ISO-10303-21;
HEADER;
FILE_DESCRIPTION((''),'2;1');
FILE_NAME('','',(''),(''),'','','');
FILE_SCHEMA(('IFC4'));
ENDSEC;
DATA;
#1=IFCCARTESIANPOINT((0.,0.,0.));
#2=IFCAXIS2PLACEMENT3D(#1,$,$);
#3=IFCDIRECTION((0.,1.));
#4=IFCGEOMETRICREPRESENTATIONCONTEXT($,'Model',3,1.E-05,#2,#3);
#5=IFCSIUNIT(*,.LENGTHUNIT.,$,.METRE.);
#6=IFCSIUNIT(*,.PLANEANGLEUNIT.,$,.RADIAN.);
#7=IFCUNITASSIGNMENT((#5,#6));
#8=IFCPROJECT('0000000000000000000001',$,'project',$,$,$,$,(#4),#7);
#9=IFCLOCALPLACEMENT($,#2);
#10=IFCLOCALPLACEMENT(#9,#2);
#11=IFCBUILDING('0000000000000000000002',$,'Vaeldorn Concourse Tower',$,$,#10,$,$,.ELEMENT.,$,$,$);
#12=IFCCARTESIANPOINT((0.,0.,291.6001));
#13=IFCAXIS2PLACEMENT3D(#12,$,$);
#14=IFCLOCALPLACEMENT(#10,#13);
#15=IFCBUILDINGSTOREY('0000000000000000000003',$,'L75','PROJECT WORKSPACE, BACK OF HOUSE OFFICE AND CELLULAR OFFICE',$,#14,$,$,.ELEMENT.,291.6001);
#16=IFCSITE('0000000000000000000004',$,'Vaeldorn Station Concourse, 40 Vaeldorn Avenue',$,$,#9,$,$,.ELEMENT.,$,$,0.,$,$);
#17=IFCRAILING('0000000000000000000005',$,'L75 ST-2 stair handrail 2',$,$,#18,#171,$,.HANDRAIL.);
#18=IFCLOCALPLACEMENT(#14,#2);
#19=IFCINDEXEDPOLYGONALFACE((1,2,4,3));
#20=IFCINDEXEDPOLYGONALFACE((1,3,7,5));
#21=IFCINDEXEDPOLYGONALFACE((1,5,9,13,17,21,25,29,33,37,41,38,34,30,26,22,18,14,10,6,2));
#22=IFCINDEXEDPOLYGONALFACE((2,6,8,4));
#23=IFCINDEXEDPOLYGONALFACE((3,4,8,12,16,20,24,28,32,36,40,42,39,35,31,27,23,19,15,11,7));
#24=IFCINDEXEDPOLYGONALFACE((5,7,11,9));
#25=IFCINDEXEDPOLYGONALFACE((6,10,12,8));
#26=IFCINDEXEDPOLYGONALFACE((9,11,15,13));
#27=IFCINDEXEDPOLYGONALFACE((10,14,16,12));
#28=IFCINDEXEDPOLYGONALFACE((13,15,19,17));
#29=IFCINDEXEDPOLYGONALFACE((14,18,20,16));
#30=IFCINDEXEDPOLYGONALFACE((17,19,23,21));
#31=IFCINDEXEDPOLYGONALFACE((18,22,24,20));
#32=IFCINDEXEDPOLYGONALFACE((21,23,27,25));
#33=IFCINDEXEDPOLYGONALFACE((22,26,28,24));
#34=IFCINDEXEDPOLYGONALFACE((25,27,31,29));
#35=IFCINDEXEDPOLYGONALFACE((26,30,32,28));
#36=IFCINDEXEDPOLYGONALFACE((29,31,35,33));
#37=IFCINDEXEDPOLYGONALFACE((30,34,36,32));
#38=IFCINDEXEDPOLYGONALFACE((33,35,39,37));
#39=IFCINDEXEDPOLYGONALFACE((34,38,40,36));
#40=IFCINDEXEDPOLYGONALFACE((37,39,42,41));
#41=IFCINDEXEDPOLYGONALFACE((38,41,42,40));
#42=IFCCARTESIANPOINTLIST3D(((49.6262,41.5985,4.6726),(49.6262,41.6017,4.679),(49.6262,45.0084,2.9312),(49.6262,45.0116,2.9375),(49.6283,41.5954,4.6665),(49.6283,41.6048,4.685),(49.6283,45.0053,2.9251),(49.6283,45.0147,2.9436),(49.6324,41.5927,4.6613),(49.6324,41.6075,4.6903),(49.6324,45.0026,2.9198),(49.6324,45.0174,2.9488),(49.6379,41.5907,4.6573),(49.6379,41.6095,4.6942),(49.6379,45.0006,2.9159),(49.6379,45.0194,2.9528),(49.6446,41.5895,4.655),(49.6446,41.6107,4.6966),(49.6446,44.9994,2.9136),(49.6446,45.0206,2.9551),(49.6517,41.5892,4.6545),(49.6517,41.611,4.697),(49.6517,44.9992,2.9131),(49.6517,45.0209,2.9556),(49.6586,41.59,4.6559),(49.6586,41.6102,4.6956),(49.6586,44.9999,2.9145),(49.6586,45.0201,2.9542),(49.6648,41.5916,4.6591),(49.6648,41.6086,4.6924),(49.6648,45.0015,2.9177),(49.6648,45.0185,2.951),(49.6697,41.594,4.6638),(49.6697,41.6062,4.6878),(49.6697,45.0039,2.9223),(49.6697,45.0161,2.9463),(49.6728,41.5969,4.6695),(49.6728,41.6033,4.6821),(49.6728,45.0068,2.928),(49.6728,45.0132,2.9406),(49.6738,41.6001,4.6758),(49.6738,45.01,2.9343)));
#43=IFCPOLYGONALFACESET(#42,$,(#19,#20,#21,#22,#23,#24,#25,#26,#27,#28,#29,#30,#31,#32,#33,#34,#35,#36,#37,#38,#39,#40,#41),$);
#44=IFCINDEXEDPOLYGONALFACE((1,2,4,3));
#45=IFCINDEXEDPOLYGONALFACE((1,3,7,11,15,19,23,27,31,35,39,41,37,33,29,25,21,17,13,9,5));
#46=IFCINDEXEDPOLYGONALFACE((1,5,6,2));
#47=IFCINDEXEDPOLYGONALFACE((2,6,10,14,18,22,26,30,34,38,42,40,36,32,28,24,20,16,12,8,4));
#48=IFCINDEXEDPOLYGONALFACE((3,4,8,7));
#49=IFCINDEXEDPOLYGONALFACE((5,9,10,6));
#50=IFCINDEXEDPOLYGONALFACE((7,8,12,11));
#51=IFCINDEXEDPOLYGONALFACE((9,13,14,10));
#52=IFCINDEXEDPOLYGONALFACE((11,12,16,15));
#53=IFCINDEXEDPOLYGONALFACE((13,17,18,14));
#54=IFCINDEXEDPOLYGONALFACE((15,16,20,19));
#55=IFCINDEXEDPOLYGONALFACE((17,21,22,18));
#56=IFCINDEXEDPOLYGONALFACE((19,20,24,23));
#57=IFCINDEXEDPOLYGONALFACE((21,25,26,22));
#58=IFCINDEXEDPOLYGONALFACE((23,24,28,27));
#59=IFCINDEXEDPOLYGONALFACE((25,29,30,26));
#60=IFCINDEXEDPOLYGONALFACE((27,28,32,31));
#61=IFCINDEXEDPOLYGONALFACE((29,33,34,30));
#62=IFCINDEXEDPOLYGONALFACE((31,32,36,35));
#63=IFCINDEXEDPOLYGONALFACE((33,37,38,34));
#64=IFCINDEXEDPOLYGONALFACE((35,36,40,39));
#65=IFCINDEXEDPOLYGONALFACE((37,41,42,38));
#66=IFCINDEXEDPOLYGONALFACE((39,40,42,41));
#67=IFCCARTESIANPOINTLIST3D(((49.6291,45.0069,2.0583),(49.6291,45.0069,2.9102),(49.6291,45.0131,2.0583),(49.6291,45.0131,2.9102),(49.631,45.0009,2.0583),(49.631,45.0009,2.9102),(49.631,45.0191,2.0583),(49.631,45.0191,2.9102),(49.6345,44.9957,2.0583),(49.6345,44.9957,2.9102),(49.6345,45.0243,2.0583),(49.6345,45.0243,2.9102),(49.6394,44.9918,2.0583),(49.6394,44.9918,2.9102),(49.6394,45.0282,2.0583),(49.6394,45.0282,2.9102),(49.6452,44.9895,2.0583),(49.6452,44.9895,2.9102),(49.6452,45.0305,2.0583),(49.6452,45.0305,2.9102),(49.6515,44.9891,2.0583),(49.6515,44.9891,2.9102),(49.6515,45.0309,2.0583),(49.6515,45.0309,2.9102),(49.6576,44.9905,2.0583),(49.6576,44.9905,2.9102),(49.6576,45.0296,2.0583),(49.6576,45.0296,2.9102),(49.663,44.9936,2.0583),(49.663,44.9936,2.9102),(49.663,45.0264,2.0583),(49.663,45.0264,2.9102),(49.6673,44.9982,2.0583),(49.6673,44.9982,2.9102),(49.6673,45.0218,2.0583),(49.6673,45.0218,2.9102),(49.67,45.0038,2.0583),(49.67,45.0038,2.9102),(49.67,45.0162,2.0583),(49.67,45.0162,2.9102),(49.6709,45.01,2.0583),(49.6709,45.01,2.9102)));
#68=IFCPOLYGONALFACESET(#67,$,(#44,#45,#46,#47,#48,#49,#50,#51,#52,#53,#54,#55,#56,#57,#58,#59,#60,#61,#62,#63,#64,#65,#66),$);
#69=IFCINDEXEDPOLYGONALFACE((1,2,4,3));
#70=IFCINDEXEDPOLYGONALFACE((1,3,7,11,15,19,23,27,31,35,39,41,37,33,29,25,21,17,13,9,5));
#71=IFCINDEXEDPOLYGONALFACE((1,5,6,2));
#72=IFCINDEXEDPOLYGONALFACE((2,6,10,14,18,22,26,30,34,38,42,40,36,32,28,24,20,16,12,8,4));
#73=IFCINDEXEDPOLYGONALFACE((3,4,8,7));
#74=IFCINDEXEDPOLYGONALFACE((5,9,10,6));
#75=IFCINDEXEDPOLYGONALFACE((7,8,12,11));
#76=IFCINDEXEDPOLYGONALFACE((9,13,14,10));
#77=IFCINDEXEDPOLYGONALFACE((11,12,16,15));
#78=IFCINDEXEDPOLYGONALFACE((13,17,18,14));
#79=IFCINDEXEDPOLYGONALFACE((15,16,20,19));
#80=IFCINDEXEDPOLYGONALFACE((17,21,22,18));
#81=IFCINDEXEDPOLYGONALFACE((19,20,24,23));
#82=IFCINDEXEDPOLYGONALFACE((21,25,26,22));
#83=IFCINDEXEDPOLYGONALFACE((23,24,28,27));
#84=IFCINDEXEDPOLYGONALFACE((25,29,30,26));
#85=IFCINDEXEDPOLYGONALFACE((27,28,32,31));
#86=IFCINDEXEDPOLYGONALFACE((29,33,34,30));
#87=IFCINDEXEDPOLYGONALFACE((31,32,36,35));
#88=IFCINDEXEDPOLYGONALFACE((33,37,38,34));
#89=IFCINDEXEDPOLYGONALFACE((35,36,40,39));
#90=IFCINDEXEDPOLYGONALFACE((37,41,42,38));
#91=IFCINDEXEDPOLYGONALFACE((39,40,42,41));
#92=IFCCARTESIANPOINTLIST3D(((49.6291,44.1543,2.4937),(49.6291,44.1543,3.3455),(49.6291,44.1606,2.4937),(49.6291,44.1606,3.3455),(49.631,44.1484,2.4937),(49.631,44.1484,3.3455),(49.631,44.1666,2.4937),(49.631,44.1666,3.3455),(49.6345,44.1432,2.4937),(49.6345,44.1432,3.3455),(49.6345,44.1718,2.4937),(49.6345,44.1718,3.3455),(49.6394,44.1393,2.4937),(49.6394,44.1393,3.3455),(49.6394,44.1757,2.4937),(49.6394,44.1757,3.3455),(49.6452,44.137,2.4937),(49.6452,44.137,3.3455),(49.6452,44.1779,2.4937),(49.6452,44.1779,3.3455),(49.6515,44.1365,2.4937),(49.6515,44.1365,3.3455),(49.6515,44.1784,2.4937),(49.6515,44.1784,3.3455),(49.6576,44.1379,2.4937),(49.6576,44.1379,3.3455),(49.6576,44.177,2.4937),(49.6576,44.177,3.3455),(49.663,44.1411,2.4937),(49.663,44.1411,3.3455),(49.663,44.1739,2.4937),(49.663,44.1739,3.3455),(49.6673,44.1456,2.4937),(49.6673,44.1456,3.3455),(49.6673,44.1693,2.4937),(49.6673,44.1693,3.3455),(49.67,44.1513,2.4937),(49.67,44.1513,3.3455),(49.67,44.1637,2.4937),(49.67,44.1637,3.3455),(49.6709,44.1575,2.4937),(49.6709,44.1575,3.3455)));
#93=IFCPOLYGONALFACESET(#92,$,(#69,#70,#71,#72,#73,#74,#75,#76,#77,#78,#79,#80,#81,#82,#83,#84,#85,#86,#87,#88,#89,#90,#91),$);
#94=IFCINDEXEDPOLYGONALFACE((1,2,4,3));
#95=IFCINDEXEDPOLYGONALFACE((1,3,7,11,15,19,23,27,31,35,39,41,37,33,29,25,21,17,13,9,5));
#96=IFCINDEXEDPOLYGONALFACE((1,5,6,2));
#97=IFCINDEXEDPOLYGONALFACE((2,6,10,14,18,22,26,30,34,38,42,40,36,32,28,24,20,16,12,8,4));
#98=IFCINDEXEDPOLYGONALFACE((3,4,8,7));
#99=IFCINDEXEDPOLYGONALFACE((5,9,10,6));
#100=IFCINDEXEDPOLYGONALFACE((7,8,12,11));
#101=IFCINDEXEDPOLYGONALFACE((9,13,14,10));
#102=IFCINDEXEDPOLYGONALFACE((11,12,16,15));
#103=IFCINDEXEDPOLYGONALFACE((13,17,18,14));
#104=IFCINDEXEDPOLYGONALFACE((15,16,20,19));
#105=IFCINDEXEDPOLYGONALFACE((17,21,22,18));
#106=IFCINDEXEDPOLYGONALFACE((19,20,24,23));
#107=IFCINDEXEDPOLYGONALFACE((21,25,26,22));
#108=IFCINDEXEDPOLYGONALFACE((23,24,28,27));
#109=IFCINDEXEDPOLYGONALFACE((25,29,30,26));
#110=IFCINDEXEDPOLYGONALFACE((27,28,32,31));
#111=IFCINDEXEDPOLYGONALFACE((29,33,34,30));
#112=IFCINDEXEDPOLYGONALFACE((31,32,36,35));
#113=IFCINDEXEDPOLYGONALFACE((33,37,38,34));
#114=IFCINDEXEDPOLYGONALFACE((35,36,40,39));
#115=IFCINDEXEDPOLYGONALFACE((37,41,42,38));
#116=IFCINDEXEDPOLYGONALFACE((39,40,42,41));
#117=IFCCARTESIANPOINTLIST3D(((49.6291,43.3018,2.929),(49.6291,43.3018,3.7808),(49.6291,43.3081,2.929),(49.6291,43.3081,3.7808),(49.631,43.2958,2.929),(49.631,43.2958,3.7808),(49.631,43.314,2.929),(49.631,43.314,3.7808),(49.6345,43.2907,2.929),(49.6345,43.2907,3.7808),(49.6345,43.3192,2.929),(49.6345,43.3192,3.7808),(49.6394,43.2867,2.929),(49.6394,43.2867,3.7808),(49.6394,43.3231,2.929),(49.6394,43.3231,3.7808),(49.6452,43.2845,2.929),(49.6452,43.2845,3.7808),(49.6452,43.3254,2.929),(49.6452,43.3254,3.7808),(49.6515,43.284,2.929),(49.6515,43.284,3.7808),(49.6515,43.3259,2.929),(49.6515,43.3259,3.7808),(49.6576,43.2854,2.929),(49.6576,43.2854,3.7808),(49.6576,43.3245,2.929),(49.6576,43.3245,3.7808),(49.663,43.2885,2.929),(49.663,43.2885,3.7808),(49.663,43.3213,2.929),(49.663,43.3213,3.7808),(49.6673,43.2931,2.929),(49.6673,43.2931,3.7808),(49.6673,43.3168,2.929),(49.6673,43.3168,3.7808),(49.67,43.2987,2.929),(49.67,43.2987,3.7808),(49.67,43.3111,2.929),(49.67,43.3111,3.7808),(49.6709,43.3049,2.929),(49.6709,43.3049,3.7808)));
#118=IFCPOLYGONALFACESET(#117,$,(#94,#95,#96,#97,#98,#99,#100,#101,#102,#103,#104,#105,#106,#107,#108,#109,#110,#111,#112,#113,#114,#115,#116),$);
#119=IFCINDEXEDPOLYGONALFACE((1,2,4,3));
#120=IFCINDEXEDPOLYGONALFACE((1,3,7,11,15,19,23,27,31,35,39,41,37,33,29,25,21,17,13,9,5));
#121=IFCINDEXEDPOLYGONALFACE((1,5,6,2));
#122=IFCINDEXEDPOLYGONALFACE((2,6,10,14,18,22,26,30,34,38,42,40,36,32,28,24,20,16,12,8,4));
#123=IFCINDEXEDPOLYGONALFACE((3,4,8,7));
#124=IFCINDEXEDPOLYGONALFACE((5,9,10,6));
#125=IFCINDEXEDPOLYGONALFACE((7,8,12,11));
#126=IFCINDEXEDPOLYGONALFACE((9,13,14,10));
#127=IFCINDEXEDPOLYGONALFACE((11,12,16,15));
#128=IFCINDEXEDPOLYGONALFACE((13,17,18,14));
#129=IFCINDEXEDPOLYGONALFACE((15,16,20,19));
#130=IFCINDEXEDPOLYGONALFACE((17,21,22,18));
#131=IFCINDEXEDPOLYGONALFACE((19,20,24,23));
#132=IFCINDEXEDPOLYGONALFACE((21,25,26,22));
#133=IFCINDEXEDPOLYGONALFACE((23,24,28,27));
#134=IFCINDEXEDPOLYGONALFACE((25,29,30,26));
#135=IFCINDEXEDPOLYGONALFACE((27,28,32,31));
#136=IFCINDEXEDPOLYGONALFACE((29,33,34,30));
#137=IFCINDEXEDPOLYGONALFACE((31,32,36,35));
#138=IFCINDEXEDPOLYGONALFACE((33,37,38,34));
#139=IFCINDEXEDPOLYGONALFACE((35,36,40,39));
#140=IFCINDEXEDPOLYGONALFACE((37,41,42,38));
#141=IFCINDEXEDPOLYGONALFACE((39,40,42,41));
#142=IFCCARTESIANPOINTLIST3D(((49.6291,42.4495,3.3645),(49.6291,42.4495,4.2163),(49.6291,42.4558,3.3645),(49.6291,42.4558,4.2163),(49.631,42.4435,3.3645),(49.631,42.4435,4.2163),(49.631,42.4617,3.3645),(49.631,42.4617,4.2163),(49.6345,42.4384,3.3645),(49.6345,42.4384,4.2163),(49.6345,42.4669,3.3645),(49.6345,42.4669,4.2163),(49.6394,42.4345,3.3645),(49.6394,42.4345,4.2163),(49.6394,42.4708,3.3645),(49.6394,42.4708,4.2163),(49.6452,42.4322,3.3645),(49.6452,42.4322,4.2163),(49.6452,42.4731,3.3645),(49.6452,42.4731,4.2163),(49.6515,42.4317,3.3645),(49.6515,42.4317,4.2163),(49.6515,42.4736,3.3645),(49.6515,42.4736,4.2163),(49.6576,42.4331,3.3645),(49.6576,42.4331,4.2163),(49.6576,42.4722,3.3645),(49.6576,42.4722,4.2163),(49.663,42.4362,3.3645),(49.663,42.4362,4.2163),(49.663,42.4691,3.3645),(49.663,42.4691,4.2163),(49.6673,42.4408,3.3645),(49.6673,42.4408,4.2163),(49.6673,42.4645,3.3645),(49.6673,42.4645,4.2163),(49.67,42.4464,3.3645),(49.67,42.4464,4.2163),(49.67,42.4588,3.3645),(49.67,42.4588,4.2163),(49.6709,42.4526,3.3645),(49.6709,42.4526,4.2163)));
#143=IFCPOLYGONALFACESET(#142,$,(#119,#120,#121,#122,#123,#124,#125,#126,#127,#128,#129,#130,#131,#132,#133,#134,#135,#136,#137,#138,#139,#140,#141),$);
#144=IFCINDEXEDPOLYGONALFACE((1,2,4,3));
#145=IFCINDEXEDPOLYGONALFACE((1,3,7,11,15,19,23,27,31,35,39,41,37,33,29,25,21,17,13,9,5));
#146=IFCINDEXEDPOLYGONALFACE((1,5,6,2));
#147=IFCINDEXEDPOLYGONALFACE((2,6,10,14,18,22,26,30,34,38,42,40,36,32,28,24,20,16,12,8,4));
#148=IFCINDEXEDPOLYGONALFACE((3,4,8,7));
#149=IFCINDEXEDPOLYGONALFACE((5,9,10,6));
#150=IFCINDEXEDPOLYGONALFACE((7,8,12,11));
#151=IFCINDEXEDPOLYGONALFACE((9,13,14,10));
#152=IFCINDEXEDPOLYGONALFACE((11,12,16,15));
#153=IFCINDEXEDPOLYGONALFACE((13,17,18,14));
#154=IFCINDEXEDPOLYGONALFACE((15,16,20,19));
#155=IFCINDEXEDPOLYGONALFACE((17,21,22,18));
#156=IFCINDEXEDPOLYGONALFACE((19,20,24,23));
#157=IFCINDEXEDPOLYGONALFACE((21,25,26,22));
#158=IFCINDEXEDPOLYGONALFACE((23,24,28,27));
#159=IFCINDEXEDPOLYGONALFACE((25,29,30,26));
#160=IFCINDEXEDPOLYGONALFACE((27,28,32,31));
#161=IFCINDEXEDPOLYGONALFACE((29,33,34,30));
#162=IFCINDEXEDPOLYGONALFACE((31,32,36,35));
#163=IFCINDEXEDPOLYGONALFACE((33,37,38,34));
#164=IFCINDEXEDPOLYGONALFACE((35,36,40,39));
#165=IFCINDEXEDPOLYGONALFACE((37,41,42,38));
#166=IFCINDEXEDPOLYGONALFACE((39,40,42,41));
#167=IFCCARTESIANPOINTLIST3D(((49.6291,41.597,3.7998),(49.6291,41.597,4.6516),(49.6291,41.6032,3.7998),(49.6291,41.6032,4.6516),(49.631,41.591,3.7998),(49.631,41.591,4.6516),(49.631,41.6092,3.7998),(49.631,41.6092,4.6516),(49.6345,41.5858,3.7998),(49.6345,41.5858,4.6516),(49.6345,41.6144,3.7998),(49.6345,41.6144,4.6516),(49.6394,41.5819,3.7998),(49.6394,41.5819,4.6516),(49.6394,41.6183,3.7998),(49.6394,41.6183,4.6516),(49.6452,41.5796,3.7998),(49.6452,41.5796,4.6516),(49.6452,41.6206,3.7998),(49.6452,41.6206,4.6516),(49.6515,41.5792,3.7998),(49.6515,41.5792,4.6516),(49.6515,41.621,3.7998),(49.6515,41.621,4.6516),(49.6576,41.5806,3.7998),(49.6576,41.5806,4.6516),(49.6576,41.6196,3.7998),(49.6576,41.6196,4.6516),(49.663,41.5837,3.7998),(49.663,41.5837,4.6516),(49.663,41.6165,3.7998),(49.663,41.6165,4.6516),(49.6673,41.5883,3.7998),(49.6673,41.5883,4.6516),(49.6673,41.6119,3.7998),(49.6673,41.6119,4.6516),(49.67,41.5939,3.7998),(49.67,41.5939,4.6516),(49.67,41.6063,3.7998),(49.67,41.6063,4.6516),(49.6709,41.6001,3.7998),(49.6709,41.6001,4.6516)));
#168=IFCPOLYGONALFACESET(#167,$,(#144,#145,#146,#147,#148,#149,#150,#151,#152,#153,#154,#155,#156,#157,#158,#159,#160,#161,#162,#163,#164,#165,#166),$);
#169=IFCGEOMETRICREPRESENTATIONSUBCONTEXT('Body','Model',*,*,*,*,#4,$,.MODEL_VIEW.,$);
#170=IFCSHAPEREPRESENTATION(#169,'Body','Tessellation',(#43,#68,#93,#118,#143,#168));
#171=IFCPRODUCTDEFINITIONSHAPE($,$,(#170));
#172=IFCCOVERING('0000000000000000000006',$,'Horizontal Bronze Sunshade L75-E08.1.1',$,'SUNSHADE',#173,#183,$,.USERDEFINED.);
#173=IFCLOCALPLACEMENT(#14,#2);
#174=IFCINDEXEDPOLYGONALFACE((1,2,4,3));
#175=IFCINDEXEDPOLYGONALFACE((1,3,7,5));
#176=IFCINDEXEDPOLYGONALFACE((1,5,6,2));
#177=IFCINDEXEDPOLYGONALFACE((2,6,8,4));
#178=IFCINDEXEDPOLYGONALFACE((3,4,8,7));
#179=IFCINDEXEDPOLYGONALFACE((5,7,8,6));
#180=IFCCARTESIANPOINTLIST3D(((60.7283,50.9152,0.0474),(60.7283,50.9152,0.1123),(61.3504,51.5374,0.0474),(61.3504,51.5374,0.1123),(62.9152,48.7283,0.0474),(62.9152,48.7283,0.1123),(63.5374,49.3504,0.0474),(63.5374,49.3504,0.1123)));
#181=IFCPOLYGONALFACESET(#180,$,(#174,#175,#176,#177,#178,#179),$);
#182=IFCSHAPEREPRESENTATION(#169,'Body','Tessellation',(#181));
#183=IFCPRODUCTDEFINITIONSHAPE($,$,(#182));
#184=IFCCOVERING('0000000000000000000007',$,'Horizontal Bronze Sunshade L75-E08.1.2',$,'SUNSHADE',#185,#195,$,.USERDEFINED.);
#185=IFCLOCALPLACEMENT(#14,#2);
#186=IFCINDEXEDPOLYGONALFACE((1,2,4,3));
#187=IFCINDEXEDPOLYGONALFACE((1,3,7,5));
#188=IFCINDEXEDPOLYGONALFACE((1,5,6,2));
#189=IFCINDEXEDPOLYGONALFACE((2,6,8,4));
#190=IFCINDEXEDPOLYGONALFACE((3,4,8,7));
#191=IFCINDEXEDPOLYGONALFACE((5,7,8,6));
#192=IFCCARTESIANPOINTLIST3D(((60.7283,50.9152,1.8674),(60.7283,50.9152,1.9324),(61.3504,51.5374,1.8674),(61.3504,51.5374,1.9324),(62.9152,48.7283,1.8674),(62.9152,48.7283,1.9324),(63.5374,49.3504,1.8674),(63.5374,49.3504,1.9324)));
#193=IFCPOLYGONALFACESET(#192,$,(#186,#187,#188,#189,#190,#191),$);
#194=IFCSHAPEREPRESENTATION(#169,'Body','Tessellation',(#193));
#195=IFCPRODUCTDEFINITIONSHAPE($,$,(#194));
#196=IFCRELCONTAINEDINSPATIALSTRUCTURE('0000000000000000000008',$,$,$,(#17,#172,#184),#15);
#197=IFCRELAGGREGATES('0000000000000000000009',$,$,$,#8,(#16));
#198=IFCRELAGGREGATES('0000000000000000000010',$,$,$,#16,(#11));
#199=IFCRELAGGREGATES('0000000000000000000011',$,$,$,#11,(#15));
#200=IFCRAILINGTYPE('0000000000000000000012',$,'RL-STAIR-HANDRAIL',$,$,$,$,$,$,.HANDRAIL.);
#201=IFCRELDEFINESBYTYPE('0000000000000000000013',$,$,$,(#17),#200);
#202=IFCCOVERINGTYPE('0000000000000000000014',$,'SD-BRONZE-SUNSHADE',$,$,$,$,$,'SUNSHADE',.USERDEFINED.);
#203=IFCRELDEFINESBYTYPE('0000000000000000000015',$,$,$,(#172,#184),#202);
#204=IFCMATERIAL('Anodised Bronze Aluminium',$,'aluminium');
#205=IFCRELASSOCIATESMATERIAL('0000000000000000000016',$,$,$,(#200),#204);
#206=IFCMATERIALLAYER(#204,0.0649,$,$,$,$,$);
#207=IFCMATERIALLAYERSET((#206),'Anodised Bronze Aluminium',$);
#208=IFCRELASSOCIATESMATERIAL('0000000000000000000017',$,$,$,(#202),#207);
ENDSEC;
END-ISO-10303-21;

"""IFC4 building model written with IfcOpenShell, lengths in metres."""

from ifc_helpers import new_model, si_unit, direction, frame, origin, origin_2d, place, context, subcontext, project, spatial, rectangle, circle, extrude, source, transform, mapped, material, layer, layer_set, type_object, element, save


model = new_model("IFC4")

# Units and contexts
model_context = context("Model", 3, precision=1e-05, world=origin(), true_north=direction((0.0, 1.0)))
body_context = subcontext(model_context, "Body", "Model", "MODEL_VIEW")
ifc_project = project(units=[si_unit("LENGTHUNIT", "METRE"), si_unit("PLANEANGLEUNIT", "RADIAN")], contexts=[model_context])

# Site, building, storey
site_placement = place(None, origin())
site = spatial("IfcSite", under=ifc_project, at=site_placement, Name="Vaeldorn Station Concourse, 40 Vaeldorn Avenue", CompositionType="ELEMENT", RefElevation=0.0)
building_placement = place(site_placement, origin())
building = spatial("IfcBuilding", under=site, at=building_placement, Name="Vaeldorn Concourse Tower", CompositionType="ELEMENT")
storey_placement = place(building_placement, frame((0.0, 0.0, 291.6001)))
storey = spatial("IfcBuildingStorey", under=building, at=storey_placement, Name="L75", Description="PROJECT WORKSPACE, BACK OF HOUSE OFFICE AND CELLULAR OFFICE", CompositionType="ELEMENT", Elevation=291.6001)

# Shared definitions
ifc_material_1 = material(Name="Anodised Bronze Aluminium", Category="aluminium")

# Railing
railing_type_1 = type_object("IfcRailingType", Name="RL-STAIR-HANDRAIL", PredefinedType="HANDRAIL", material=ifc_material_1)
railing_1_placement = place(storey_placement, frame((49.6499, 45.01, 2.0583)))
element("IfcRailing", 1, at=railing_1_placement, inside=storey, type_object=railing_type_1, Name="L75 ST-2 stair handrail 2", PredefinedType="HANDRAIL", context=body_context, shape_type="SweptSolid", body=[
    extrude(circle(Radius=0.0239, at=origin_2d()), frame((0.0, 0.0, 0.876), z_axis=(0.0, -0.890582, 0.454823), x_axis=(1.0, 0.0, 0.0)), (0.0, 0.0, 1.0), 3.8289),
    extrude(circle(Radius=0.021, at=origin_2d()), origin(), (0.0, 0.0, 1.0), 0.8518),
    extrude(circle(Radius=0.021, at=origin_2d()), frame((0.0, -0.8525, 0.4353)), (0.0, 0.0, 1.0), 0.8518),
    extrude(circle(Radius=0.021, at=origin_2d()), frame((0.0, -1.7051, 0.8706)), (0.0, 0.0, 1.0), 0.8518),
    extrude(circle(Radius=0.021, at=origin_2d()), frame((0.0, -2.5574, 1.3062)), (0.0, 0.0, 1.0), 0.8518),
    extrude(circle(Radius=0.021, at=origin_2d()), frame((0.0, -3.4099, 1.7415)), (0.0, 0.0, 1.0), 0.8518),
])

# Coverings
ifc_layer_1 = layer(ifc_material_1, 0.0649)
ifc_layer_set_1 = layer_set([ifc_layer_1], Name="Anodised Bronze Aluminium")
covering_type = type_object("IfcCoveringType", Name="SD-BRONZE-SUNSHADE", ElementType="SUNSHADE", PredefinedType="USERDEFINED", material=ifc_layer_set_1)
shared_shape_1 = source(origin(), body_context, "Body", "SweptSolid", [
    extrude(rectangle(XDim=3.0928, YDim=0.8799, at=origin_2d()), origin(), (0.0, 0.0, 1.0), 0.0649),
])
for number, where, z_axis, x_axis, name in (
    (2, (62.1328, 50.1328, 0.0474), (0.0, 0.0, 1.0), (-0.707107, 0.707107, 0.0), "Horizontal Bronze Sunshade L75-E08.1.1"),
    (3, (62.1328, 50.1328, 1.8674), (0.0, 0.0, 1.0), (-0.707107, 0.707107, 0.0), "Horizontal Bronze Sunshade L75-E08.1.2"),
):
    element("IfcCovering", number, at=place(storey_placement, frame(where, z_axis=z_axis, x_axis=x_axis)), inside=storey, type_object=covering_type, Name=name, ObjectType="SUNSHADE", PredefinedType="USERDEFINED", context=body_context, shape_type="MappedRepresentation", body=[
        mapped(shared_shape_1, transform((0.0, 0.0, 0.0), scale=1.0)),
    ])

save(model, "model.ifc")
